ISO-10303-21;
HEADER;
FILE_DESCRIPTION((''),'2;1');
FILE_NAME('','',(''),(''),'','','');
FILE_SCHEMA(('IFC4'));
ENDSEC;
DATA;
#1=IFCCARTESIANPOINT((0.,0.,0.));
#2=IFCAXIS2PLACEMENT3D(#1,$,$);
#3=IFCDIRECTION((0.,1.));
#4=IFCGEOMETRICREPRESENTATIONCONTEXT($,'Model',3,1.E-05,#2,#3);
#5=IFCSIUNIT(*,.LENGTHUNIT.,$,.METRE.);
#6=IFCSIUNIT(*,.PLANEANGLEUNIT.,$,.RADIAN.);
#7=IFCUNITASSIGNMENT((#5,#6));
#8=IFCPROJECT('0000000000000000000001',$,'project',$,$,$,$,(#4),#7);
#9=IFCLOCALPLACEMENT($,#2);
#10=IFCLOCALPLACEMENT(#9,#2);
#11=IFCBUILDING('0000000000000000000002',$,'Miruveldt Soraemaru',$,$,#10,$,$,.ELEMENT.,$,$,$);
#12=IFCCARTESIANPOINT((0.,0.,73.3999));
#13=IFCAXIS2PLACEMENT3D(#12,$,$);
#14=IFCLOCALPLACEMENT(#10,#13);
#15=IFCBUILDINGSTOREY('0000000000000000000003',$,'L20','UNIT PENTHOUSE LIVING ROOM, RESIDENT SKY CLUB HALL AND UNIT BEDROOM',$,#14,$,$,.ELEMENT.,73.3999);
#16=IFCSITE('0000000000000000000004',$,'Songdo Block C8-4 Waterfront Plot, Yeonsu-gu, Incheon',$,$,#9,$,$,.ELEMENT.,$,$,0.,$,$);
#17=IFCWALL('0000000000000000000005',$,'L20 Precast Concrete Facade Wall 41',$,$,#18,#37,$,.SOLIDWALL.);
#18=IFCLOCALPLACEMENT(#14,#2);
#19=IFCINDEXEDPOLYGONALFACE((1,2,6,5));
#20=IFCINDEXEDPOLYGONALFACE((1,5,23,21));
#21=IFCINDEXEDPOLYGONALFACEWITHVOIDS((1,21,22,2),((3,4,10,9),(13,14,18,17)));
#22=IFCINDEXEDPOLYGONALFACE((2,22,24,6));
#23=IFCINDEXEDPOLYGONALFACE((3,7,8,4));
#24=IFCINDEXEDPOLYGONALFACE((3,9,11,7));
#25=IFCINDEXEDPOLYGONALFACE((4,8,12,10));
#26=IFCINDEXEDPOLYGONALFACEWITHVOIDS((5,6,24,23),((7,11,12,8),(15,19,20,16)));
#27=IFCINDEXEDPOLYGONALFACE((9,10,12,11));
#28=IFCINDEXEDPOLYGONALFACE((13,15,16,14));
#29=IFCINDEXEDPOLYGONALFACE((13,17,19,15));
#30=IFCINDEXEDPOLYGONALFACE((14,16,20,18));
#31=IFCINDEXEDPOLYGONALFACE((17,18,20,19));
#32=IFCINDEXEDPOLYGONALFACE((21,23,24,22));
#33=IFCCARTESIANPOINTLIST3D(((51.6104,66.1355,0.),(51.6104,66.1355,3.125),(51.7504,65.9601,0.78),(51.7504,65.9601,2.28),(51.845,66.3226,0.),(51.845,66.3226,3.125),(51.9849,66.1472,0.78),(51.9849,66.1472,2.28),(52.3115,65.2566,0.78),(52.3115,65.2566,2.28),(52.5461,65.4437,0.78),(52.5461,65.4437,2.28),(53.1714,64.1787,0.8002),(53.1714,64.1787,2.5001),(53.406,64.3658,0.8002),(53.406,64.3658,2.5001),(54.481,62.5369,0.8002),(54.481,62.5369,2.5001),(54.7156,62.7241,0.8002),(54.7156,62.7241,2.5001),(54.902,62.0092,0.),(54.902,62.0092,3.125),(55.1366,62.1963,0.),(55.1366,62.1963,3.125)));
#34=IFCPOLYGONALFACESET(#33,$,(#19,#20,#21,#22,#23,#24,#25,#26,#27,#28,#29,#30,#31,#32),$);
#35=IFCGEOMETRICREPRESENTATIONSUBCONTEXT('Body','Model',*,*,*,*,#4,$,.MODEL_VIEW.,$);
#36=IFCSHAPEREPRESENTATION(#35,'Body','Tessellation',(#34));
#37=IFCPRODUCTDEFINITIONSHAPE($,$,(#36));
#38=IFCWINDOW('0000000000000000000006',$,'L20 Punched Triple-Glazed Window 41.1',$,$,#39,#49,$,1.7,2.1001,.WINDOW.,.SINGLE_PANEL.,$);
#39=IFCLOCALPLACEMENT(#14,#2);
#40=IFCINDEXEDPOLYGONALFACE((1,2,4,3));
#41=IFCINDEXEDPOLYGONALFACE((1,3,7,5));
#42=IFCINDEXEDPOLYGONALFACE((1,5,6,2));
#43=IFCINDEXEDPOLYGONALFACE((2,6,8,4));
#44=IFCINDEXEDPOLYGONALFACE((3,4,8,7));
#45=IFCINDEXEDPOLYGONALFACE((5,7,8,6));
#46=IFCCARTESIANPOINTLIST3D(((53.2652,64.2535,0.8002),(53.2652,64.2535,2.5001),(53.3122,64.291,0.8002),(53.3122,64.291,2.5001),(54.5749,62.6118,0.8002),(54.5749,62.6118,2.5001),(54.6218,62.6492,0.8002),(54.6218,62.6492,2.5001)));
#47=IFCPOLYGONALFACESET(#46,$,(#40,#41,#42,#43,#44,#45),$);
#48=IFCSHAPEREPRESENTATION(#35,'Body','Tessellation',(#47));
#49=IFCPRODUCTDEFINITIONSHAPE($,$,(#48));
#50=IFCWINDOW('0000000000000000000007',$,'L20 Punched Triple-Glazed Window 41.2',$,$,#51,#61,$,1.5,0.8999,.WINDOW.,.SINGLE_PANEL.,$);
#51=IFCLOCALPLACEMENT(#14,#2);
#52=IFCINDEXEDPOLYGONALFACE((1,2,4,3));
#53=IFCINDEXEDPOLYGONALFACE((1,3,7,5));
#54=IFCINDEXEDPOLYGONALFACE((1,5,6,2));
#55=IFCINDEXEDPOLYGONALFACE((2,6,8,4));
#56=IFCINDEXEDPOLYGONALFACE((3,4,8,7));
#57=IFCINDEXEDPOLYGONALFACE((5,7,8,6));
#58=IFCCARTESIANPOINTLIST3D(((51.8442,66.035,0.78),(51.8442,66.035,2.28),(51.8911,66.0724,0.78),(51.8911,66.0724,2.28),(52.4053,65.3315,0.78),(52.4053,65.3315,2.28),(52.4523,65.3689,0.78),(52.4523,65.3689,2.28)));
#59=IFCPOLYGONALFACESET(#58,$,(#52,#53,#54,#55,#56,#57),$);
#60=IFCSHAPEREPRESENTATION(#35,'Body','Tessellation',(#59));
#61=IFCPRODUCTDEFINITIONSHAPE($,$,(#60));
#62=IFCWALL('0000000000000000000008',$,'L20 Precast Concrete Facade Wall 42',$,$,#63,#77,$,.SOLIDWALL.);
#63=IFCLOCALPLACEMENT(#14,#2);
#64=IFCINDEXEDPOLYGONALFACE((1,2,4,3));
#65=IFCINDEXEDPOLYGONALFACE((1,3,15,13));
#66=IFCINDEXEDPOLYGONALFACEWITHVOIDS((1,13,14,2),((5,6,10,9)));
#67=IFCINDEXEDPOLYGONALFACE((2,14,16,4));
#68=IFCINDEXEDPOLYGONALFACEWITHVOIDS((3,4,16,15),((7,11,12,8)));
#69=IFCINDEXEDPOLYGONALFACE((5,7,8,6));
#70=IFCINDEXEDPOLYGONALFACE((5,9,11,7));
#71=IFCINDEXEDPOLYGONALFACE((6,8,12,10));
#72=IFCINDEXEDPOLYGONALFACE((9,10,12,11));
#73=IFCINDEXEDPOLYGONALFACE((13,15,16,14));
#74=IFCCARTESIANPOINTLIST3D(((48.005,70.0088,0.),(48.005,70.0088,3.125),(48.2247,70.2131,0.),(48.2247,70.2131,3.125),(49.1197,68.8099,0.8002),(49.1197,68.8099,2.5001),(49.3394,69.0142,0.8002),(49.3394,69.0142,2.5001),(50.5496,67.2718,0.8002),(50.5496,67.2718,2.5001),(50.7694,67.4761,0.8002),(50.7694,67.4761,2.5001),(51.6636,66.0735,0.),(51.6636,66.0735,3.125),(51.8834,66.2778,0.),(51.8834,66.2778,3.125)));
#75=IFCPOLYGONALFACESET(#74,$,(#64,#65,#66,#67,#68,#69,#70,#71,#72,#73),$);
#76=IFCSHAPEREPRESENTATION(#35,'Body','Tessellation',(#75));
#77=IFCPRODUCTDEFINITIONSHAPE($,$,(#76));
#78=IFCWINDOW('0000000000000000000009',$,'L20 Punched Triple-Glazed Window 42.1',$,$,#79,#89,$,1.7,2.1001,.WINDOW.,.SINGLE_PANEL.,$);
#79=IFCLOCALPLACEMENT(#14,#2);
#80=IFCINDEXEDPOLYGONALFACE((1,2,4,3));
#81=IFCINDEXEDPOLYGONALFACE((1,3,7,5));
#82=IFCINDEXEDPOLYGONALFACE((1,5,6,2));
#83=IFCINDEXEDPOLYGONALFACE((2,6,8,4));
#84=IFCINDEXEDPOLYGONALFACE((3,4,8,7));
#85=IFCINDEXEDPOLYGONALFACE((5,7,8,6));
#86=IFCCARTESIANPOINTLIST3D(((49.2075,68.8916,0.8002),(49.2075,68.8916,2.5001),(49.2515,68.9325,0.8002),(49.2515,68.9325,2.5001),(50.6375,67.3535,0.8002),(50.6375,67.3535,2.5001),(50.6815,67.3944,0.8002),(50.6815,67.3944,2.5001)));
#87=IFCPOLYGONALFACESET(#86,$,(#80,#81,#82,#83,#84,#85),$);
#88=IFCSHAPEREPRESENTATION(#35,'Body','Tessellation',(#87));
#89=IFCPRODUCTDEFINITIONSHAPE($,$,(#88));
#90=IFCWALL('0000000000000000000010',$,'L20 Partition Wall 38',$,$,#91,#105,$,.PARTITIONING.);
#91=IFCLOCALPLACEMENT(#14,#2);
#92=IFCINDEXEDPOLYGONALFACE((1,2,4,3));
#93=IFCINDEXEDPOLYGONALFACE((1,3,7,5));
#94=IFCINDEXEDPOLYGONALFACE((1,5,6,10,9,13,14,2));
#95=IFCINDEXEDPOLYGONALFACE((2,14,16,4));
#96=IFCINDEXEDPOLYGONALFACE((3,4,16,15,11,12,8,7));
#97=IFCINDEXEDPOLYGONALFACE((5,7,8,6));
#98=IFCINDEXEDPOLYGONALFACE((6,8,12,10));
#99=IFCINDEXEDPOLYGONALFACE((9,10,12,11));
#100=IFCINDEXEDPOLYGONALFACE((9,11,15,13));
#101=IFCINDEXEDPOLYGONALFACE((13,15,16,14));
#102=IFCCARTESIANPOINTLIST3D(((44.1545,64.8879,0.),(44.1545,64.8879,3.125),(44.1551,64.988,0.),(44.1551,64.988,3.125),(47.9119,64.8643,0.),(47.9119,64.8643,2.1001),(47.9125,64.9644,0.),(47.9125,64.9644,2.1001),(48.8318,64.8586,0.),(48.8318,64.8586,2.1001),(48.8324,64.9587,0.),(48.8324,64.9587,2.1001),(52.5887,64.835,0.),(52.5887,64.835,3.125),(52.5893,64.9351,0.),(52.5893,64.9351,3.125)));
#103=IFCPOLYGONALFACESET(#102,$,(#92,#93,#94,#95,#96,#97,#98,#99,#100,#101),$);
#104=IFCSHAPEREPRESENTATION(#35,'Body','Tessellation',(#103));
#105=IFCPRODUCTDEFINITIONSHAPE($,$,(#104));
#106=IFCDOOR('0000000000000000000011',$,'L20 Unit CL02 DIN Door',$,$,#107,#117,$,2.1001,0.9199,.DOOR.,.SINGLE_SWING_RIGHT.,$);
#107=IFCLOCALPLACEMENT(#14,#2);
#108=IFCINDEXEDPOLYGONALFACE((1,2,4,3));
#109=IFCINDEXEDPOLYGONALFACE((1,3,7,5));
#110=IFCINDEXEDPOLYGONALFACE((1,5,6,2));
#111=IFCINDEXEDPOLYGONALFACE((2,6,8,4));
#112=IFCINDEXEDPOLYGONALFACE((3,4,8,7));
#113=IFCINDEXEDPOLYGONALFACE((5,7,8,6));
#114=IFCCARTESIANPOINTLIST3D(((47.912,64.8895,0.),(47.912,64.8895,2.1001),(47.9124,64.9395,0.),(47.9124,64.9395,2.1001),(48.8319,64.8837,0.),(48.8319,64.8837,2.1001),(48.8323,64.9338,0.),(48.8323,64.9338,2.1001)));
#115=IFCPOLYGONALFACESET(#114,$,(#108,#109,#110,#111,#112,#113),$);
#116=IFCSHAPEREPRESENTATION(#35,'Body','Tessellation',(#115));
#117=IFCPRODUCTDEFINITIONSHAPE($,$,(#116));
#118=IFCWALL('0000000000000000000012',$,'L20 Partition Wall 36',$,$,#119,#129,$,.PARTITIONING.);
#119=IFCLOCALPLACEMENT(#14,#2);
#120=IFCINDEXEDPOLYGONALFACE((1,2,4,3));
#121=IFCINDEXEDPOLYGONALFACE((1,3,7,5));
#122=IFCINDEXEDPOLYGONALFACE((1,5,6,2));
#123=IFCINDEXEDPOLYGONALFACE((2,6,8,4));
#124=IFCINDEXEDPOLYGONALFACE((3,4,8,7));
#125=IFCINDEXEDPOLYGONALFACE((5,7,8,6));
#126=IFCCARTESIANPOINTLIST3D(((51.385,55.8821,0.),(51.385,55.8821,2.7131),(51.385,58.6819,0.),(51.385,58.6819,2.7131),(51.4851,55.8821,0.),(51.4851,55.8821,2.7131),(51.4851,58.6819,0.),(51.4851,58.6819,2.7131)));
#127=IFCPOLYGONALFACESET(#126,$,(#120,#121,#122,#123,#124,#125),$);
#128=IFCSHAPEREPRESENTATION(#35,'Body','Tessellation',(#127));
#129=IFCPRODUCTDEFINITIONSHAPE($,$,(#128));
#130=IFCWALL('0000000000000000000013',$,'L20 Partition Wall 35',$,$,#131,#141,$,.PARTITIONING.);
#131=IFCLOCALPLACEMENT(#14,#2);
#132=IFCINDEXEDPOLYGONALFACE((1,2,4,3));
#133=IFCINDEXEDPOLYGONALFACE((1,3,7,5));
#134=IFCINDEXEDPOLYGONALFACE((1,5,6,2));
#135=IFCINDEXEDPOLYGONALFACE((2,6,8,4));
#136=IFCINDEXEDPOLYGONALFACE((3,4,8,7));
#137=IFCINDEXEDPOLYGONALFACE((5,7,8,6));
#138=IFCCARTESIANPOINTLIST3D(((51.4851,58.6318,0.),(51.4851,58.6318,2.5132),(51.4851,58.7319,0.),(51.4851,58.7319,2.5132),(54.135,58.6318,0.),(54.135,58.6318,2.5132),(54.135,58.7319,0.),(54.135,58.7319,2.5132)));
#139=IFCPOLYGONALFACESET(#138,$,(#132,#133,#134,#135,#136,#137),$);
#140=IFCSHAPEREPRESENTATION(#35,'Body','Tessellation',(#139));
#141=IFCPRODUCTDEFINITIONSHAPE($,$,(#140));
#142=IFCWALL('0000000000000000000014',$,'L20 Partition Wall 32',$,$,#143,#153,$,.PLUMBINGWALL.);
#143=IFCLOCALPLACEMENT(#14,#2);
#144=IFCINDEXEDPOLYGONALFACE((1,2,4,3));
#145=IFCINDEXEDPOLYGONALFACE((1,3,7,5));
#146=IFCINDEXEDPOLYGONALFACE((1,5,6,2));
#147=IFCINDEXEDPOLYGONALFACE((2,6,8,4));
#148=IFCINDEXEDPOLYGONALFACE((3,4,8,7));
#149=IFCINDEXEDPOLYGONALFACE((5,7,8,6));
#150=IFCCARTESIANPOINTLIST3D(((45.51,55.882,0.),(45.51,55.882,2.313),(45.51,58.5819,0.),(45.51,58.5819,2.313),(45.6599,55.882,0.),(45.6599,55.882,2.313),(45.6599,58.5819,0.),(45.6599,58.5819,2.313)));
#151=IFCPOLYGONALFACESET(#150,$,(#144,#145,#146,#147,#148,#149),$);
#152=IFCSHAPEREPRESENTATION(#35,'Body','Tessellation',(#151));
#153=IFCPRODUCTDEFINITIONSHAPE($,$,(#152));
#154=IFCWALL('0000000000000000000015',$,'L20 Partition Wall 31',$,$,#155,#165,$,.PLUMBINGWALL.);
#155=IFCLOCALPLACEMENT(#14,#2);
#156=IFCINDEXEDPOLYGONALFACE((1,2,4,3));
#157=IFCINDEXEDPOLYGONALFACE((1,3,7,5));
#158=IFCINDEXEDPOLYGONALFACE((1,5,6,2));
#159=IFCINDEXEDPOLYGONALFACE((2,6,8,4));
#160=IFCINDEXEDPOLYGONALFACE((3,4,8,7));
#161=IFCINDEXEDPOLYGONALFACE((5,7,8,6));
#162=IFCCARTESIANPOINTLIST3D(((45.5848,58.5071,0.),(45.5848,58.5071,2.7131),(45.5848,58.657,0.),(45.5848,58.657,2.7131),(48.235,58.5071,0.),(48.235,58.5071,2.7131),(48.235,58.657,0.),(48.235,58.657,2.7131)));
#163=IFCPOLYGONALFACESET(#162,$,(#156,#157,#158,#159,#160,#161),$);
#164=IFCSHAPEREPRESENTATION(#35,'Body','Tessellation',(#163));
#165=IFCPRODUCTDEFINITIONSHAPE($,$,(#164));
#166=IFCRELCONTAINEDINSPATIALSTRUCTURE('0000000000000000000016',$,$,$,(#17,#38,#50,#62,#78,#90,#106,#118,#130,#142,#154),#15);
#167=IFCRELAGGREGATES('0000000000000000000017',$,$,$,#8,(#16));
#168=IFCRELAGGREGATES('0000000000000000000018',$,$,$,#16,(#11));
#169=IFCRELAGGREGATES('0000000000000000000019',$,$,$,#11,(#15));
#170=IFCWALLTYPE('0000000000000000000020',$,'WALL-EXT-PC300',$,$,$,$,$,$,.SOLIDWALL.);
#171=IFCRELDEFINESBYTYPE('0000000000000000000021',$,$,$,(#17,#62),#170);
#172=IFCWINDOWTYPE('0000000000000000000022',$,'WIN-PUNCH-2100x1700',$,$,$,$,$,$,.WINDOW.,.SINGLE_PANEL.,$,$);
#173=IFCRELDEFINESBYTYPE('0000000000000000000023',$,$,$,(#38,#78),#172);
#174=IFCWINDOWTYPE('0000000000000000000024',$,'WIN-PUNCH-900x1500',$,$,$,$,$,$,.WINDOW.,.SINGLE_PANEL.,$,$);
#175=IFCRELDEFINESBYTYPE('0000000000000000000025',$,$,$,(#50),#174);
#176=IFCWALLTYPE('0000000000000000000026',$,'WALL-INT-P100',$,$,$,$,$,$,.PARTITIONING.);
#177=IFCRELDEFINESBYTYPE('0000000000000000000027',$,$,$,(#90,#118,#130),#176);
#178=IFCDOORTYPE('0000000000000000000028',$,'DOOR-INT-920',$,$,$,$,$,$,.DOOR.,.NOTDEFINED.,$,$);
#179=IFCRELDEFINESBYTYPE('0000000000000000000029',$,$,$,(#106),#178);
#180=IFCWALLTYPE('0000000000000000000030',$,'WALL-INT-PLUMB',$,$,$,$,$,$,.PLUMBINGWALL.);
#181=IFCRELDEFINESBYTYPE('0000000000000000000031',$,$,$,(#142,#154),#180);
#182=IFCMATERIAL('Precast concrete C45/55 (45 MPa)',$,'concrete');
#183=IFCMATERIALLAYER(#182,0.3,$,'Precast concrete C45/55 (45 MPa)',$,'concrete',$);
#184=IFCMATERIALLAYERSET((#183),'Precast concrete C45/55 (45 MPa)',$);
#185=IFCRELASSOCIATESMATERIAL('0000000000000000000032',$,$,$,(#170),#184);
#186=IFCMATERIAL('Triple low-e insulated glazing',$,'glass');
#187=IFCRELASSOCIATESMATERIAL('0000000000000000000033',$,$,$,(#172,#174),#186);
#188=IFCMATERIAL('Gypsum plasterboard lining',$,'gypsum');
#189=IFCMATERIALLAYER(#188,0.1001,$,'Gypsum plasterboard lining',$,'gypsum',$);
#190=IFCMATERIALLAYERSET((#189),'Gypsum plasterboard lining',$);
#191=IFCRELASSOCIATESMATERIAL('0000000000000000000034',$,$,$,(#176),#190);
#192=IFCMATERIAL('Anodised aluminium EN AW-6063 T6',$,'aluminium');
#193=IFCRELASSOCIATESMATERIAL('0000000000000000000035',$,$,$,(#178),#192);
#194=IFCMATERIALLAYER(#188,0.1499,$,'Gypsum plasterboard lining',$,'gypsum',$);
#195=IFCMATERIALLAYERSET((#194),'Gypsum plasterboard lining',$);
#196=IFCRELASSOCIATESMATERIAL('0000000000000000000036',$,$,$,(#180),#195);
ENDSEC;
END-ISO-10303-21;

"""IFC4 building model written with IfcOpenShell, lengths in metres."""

from ifc_helpers import new_model, si_unit, direction, frame, frame_2d, origin, place, context, subcontext, project, spatial, rectangle, extrude, material, layer, layer_set, type_object, element, fill, save


model = new_model("IFC4")

# Units and contexts
model_context = context("Model", 3, precision=1e-05, world=origin(), true_north=direction((0.0, 1.0)))
body_context = subcontext(model_context, "Body", "Model", "MODEL_VIEW")
ifc_project = project(units=[si_unit("LENGTHUNIT", "METRE"), si_unit("PLANEANGLEUNIT", "RADIAN")], contexts=[model_context])

# Site, building, storey
site_placement = place(None, origin())
site = spatial("IfcSite", under=ifc_project, at=site_placement, Name="Songdo Block C8-4 Waterfront Plot, Yeonsu-gu, Incheon", CompositionType="ELEMENT", RefElevation=0.0)
building_placement = place(site_placement, origin())
building = spatial("IfcBuilding", under=site, at=building_placement, Name="Miruveldt Soraemaru", CompositionType="ELEMENT")
storey_placement = place(building_placement, frame((0.0, 0.0, 73.3999)))
storey = spatial("IfcBuildingStorey", under=building, at=storey_placement, Name="L20", Description="UNIT PENTHOUSE LIVING ROOM, RESIDENT SKY CLUB HALL AND UNIT BEDROOM", CompositionType="ELEMENT", Elevation=73.3999)

# Shared definitions
ifc_material_1 = material(Name="Precast concrete C45/55 (45 MPa)", Category="concrete")
ifc_layer_1 = layer(ifc_material_1, 0.3, Name="Precast concrete C45/55 (45 MPa)", Category="concrete")
ifc_layer_set_1 = layer_set([ifc_layer_1], Name="Precast concrete C45/55 (45 MPa)")
wall_type_1 = type_object("IfcWallType", Name="WALL-EXT-PC300", PredefinedType="SOLIDWALL", material=ifc_layer_set_1)
ifc_material_2 = material(Name="Triple low-e insulated glazing", Category="glass")
window_type_1 = type_object("IfcWindowType", Name="WIN-PUNCH-2100x1700", PartitioningType="SINGLE_PANEL", PredefinedType="WINDOW", material=ifc_material_2)

# Wall, openings, windows
wall_1_placement = place(storey_placement, frame((55.0193, 62.1028, 0.0), z_axis=(0.0, 0.0, 1.0), x_axis=(-0.6236, 0.781743, 0.0)))
wall_1 = element("IfcWall", 1, at=wall_1_placement, inside=storey, type_object=wall_type_1, Name="L20 Precast Concrete Facade Wall 41", PredefinedType="SOLIDWALL", context=body_context, shape_type="SweptSolid", body=[
    extrude(rectangle(XDim=5.2783, YDim=0.3, at=frame_2d((2.6392, 0.0))), origin(), (0.0, 0.0, 1.0), 3.125),
])
opening_1_placement = place(wall_1_placement, frame((0.675, 0.0, 0.8)))
opening_1 = element("IfcOpeningElement", 2, at=opening_1_placement, cuts=wall_1, PredefinedType="OPENING", context=body_context, shape_type="SweptSolid", body=[
    extrude(rectangle(XDim=2.1001, YDim=1.7, at=frame_2d((1.05, 0.8501))), frame((0.0, 0.1602, 0.0), z_axis=(0.0, -1.0, 0.0), x_axis=(1.0, 0.0, 0.0)), (0.0, 0.0, 1.0), 0.3201),
])
opening_2_placement = place(wall_1_placement, frame((4.1541, 0.0, 0.78)))
opening_2 = element("IfcOpeningElement", 3, at=opening_2_placement, cuts=wall_1, PredefinedType="OPENING", context=body_context, shape_type="SweptSolid", body=[
    extrude(rectangle(XDim=0.8999, YDim=1.5, at=frame_2d((0.45, 0.75))), frame((0.0, 0.1602, 0.0), z_axis=(0.0, -1.0, 0.0), x_axis=(1.0, 0.0, 0.0)), (0.0, 0.0, 1.0), 0.3201),
])
window_1_placement = place(opening_1_placement, origin())
window_1 = element("IfcWindow", 4, at=window_1_placement, inside=storey, type_object=window_type_1, Name="L20 Punched Triple-Glazed Window 41.1", OverallHeight=1.7, OverallWidth=2.1001, PartitioningType="SINGLE_PANEL", PredefinedType="WINDOW", context=body_context, shape_type="SweptSolid", body=[
    extrude(rectangle(XDim=2.1001, YDim=1.7, at=frame_2d((1.05, 0.8501))), frame((0.0, 0.03, 0.0), z_axis=(0.0, -1.0, 0.0), x_axis=(1.0, 0.0, 0.0)), (0.0, 0.0, 1.0), 0.0601),
])
fill(opening_1, window_1)
window_type_2 = type_object("IfcWindowType", Name="WIN-PUNCH-900x1500", PartitioningType="SINGLE_PANEL", PredefinedType="WINDOW", material=ifc_material_2)
window_2_placement = place(opening_2_placement, origin())
window_2 = element("IfcWindow", 5, at=window_2_placement, inside=storey, type_object=window_type_2, Name="L20 Punched Triple-Glazed Window 41.2", OverallHeight=1.5, OverallWidth=0.8999, PartitioningType="SINGLE_PANEL", PredefinedType="WINDOW", context=body_context, shape_type="SweptSolid", body=[
    extrude(rectangle(XDim=0.8999, YDim=1.5, at=frame_2d((0.45, 0.75))), frame((0.0, 0.03, 0.0), z_axis=(0.0, -1.0, 0.0), x_axis=(1.0, 0.0, 0.0)), (0.0, 0.0, 1.0), 0.0601),
])
fill(opening_2, window_2)

# Wall, opening, window
wall_2_placement = place(storey_placement, frame((51.7734, 66.1758, 0.0), z_axis=(0.0, 0.0, 1.0), x_axis=(-0.680899, 0.732377, 0.0)))
wall_2 = element("IfcWall", 6, at=wall_2_placement, inside=storey, type_object=wall_type_1, Name="L20 Precast Concrete Facade Wall 42", PredefinedType="SOLIDWALL", context=body_context, shape_type="SweptSolid", body=[
    extrude(rectangle(XDim=5.3733, YDim=0.3, at=frame_2d((2.6865, 0.0))), origin(), (0.0, 0.0, 1.0), 3.125),
])
opening_3_placement = place(wall_2_placement, frame((1.636, 0.0, 0.8)))
opening_3 = element("IfcOpeningElement", 7, at=opening_3_placement, cuts=wall_2, PredefinedType="OPENING", context=body_context, shape_type="SweptSolid", body=[
    extrude(rectangle(XDim=2.1001, YDim=1.7, at=frame_2d((1.05, 0.8501))), frame((0.0, 0.1602, 0.0), z_axis=(0.0, -1.0, 0.0), x_axis=(1.0, 0.0, 0.0)), (0.0, 0.0, 1.0), 0.3201),
])
window_3_placement = place(opening_3_placement, origin())
window_3 = element("IfcWindow", 8, at=window_3_placement, inside=storey, type_object=window_type_1, Name="L20 Punched Triple-Glazed Window 42.1", OverallHeight=1.7, OverallWidth=2.1001, PartitioningType="SINGLE_PANEL", PredefinedType="WINDOW", context=body_context, shape_type="SweptSolid", body=[
    extrude(rectangle(XDim=2.1001, YDim=1.7, at=frame_2d((1.05, 0.8501))), frame((0.0, 0.03, 0.0), z_axis=(0.0, -1.0, 0.0), x_axis=(1.0, 0.0, 0.0)), (0.0, 0.0, 1.0), 0.0601),
])
fill(opening_3, window_3)

# Wall, opening, door
ifc_material_3 = material(Name="Gypsum plasterboard lining", Category="gypsum")
ifc_layer_2 = layer(ifc_material_3, 0.1001, Name="Gypsum plasterboard lining", Category="gypsum")
ifc_layer_set_2 = layer_set([ifc_layer_2], Name="Gypsum plasterboard lining")
wall_type_2 = type_object("IfcWallType", Name="WALL-INT-P100", PredefinedType="PARTITIONING", material=ifc_layer_set_2)
wall_3_placement = place(storey_placement, frame((52.5891, 64.885, 0.0), z_axis=(0.0, 0.0, 1.0), x_axis=(-0.99998, 0.006281, 0.0)))
wall_3 = element("IfcWall", 9, at=wall_3_placement, inside=storey, type_object=wall_type_2, Name="L20 Partition Wall 38", PredefinedType="PARTITIONING", context=body_context, shape_type="SweptSolid", body=[
    extrude(rectangle(XDim=8.4343, YDim=0.1001, at=frame_2d((4.2173, 0.0))), origin(), (0.0, 0.0, 1.0), 3.125),
])
opening_4_placement = place(wall_3_placement, frame((3.7571, 0.0, 0.0)))
opening_4 = element("IfcOpeningElement", 10, at=opening_4_placement, cuts=wall_3, PredefinedType="OPENING", context=body_context, shape_type="SweptSolid", body=[
    extrude(rectangle(XDim=0.9199, YDim=2.1001, at=frame_2d((0.46, 1.05))), frame((0.0, 0.0601, 0.0), z_axis=(0.0, -1.0, 0.0), x_axis=(1.0, 0.0, 0.0)), (0.0, 0.0, 1.0), 0.1201),
])
ifc_material_4 = material(Name="Anodised aluminium EN AW-6063 T6", Category="aluminium")
door_type = type_object("IfcDoorType", Name="DOOR-INT-920", OperationType="NOTDEFINED", PredefinedType="DOOR", material=ifc_material_4)
door_placement = place(opening_4_placement, origin())
door = element("IfcDoor", 11, at=door_placement, inside=storey, type_object=door_type, Name="L20 Unit CL02 DIN Door", OperationType="SINGLE_SWING_RIGHT", OverallHeight=2.1001, OverallWidth=0.9199, PredefinedType="DOOR", context=body_context, shape_type="SweptSolid", body=[
    extrude(rectangle(XDim=0.9199, YDim=2.1001, at=frame_2d((0.46, 1.05))), frame((0.0, 0.0249, 0.0), z_axis=(0.0, -1.0, 0.0), x_axis=(1.0, 0.0, 0.0)), (0.0, 0.0, 1.0), 0.05),
])
fill(opening_4, door)

# Walls
wall_4_placement = place(storey_placement, frame((51.4351, 58.6819, 0.0), z_axis=(0.0, 0.0, 1.0), x_axis=(0.0, -1.0, 0.0)))
element("IfcWall", 12, at=wall_4_placement, inside=storey, type_object=wall_type_2, Name="L20 Partition Wall 36", PredefinedType="PARTITIONING", context=body_context, shape_type="SweptSolid", body=[
    extrude(rectangle(XDim=2.7998, YDim=0.1001, at=frame_2d((1.3999, 0.0))), origin(), (0.0, 0.0, 1.0), 2.7131),
])
wall_5_placement = place(storey_placement, frame((54.135, 58.6819, 0.0), z_axis=(0.0, 0.0, 1.0), x_axis=(-1.0, 0.0, 0.0)))
element("IfcWall", 13, at=wall_5_placement, inside=storey, type_object=wall_type_2, Name="L20 Partition Wall 35", PredefinedType="PARTITIONING", context=body_context, shape_type="SweptSolid", body=[
    extrude(rectangle(XDim=2.6499, YDim=0.1001, at=frame_2d((1.325, 0.0))), origin(), (0.0, 0.0, 1.0), 2.5132),
])
ifc_layer_3 = layer(ifc_material_3, 0.1499, Name="Gypsum plasterboard lining", Category="gypsum")
ifc_layer_set_3 = layer_set([ifc_layer_3], Name="Gypsum plasterboard lining")
wall_type_3 = type_object("IfcWallType", Name="WALL-INT-PLUMB", PredefinedType="PLUMBINGWALL", material=ifc_layer_set_3)
wall_6_placement = place(storey_placement, frame((45.585, 58.582, 0.0), z_axis=(0.0, 0.0, 1.0), x_axis=(0.0, -1.0, 0.0)))
element("IfcWall", 14, at=wall_6_placement, inside=storey, type_object=wall_type_3, Name="L20 Partition Wall 32", PredefinedType="PLUMBINGWALL", context=body_context, shape_type="SweptSolid", body=[
    extrude(rectangle(XDim=2.7, YDim=0.1499, at=frame_2d((1.3501, 0.0))), origin(), (0.0, 0.0, 1.0), 2.313),
])
wall_7_placement = place(storey_placement, frame((48.2351, 58.582, 0.0), z_axis=(0.0, 0.0, 1.0), x_axis=(-1.0, 0.0, 0.0)))
element("IfcWall", 15, at=wall_7_placement, inside=storey, type_object=wall_type_3, Name="L20 Partition Wall 31", PredefinedType="PLUMBINGWALL", context=body_context, shape_type="SweptSolid", body=[
    extrude(rectangle(XDim=2.6501, YDim=0.1499, at=frame_2d((1.3252, 0.0))), origin(), (0.0, 0.0, 1.0), 2.7131),
])

save(model, "model.ifc")
